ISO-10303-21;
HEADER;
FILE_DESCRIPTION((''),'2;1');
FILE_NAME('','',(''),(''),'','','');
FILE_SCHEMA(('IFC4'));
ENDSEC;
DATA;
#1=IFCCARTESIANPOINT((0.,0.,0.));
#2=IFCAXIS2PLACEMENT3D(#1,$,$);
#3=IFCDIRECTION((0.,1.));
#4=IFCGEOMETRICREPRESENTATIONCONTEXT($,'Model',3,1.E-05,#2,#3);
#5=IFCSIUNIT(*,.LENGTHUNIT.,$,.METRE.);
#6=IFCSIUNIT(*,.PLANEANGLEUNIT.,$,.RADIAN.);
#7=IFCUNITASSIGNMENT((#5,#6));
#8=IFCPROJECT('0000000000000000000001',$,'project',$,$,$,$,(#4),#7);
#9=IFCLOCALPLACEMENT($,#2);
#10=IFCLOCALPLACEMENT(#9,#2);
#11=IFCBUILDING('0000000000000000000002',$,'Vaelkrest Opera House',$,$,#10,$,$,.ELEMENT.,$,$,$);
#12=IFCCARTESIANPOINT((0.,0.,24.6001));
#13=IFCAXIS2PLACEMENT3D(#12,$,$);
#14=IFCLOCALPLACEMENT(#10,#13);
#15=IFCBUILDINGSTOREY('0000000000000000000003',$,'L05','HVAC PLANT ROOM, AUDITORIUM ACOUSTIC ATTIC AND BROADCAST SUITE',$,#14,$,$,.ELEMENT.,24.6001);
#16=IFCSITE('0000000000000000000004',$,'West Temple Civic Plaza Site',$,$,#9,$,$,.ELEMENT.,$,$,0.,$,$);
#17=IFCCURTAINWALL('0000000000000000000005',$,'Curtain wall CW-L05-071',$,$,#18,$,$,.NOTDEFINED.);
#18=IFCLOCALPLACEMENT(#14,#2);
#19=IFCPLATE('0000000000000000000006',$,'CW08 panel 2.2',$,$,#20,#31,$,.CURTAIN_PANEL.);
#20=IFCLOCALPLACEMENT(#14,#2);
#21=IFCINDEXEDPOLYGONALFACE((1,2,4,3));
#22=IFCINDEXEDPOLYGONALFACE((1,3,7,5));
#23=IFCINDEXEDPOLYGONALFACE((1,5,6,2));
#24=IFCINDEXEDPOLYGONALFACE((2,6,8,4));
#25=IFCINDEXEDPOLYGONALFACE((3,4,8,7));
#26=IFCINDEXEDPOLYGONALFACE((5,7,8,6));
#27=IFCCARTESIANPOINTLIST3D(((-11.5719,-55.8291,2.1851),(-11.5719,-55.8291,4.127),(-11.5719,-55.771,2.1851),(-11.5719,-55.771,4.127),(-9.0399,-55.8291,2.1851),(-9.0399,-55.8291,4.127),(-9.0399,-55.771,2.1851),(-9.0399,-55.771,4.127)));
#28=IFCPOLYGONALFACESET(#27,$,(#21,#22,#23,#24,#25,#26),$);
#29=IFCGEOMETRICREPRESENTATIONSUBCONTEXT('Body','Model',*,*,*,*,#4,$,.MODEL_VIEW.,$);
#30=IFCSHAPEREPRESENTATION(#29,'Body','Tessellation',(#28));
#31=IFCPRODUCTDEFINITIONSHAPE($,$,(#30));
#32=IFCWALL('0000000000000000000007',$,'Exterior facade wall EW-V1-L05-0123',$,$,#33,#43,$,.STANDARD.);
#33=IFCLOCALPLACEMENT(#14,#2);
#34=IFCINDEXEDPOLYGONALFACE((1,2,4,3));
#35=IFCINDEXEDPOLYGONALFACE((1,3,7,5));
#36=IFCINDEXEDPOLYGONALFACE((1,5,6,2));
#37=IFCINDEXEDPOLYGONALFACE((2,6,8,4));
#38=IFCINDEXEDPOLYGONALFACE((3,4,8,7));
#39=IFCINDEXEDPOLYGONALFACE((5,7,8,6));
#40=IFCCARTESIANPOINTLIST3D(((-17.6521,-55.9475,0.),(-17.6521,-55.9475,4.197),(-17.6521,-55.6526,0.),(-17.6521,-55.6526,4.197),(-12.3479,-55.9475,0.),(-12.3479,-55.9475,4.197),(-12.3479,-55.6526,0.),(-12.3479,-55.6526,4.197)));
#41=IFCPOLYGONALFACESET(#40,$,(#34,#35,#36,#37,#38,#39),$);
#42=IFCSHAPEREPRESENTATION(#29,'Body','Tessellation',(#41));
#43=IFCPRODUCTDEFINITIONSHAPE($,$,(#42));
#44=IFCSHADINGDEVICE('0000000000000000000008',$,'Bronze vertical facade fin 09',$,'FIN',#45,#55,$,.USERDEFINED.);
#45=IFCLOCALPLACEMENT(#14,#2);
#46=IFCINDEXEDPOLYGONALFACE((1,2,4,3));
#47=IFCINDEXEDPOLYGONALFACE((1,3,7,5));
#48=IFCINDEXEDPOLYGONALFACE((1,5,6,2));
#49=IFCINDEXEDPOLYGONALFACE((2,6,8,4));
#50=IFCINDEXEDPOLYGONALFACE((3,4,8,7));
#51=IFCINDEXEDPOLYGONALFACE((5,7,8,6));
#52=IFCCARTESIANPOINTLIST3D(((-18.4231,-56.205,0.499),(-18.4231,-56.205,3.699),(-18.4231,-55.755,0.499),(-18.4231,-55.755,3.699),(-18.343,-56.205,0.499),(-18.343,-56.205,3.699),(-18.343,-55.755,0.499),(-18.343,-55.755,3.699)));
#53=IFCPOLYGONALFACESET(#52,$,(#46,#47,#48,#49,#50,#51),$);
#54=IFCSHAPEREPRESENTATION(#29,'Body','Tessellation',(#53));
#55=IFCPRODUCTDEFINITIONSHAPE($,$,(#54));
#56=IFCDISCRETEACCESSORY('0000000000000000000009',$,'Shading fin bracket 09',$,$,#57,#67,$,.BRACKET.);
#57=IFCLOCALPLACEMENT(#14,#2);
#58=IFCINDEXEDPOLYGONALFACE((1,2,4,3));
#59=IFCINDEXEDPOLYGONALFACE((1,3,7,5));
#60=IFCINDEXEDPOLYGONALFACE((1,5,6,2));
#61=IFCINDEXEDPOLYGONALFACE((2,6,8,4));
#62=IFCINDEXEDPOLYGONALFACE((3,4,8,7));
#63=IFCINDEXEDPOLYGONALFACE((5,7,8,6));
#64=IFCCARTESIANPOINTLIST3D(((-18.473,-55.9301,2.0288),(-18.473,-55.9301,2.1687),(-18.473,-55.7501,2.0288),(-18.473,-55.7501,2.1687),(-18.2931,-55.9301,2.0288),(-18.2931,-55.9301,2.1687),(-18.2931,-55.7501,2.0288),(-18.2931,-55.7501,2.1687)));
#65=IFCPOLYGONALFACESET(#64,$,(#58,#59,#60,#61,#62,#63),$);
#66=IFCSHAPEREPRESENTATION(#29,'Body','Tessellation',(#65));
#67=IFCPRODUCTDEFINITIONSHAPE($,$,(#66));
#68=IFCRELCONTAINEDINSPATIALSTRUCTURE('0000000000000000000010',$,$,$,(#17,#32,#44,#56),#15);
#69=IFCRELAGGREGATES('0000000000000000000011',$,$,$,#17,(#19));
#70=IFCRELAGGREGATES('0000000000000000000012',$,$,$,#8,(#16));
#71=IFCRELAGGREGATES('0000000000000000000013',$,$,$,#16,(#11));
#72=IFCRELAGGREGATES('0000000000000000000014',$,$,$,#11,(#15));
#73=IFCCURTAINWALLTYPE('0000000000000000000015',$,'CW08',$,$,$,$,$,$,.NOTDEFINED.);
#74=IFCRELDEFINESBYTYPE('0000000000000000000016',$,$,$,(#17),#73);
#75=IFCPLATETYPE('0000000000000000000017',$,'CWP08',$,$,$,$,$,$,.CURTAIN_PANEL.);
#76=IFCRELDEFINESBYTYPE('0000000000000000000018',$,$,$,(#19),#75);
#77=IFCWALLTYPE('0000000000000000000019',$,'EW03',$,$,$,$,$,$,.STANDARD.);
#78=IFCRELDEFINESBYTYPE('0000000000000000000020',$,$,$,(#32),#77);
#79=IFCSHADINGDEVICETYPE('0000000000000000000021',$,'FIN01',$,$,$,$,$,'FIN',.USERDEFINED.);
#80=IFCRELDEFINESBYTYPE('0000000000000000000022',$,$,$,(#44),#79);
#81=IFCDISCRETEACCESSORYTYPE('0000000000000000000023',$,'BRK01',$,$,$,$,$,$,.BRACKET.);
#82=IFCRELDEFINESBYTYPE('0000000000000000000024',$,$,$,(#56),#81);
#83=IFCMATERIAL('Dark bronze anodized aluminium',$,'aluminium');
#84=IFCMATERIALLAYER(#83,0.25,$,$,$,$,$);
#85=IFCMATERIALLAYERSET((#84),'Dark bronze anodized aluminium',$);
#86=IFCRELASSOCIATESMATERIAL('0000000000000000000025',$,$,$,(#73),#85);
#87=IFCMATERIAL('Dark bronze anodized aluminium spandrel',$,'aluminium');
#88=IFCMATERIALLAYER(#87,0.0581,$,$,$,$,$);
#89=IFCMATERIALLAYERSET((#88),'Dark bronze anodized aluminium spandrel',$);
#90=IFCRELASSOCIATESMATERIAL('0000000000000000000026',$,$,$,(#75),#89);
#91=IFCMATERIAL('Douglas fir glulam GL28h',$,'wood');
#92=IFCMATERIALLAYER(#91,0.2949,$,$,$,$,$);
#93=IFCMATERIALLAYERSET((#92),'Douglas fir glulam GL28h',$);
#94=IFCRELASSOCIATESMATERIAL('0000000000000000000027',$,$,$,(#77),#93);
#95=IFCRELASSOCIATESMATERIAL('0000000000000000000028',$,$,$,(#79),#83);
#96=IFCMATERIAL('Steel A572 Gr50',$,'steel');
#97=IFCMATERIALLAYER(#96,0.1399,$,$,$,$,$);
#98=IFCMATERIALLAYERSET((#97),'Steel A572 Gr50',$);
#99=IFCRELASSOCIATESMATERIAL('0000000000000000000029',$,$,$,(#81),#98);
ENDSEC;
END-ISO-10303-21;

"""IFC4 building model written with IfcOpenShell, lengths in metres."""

from ifc_helpers import new_model, si_unit, direction, frame, frame_2d, origin, origin_2d, place, context, subcontext, project, spatial, rectangle, extrude, material, layer, layer_set, type_object, element, aggregate, save


model = new_model("IFC4")

# Units and contexts
model_context = context("Model", 3, precision=1e-05, world=origin(), true_north=direction((0.0, 1.0)))
body_context = subcontext(model_context, "Body", "Model", "MODEL_VIEW")
ifc_project = project(units=[si_unit("LENGTHUNIT", "METRE"), si_unit("PLANEANGLEUNIT", "RADIAN")], contexts=[model_context])

# Site, building, storey
site_placement = place(None, origin())
site = spatial("IfcSite", under=ifc_project, at=site_placement, Name="West Temple Civic Plaza Site", CompositionType="ELEMENT", RefElevation=0.0)
building_placement = place(site_placement, origin())
building = spatial("IfcBuilding", under=site, at=building_placement, Name="Vaelkrest Opera House", CompositionType="ELEMENT")
storey_placement = place(building_placement, frame((0.0, 0.0, 24.6001)))
storey = spatial("IfcBuildingStorey", under=building, at=storey_placement, Name="L05", Description="HVAC PLANT ROOM, AUDITORIUM ACOUSTIC ATTIC AND BROADCAST SUITE", CompositionType="ELEMENT", Elevation=24.6001)

# Shared definitions
ifc_material_1 = material(Name="Dark bronze anodized aluminium", Category="aluminium")

# Curtain wall
ifc_layer_1 = layer(ifc_material_1, 0.25)
ifc_layer_set_1 = layer_set([ifc_layer_1], Name="Dark bronze anodized aluminium")
curtain_wall_type_1 = type_object("IfcCurtainWallType", Name="CW08", PredefinedType="NOTDEFINED", material=ifc_layer_set_1)
curtain_wall_1_placement = place(storey_placement, origin())
curtain_wall_1 = element("IfcCurtainWall", 1, at=curtain_wall_1_placement, inside=storey, type_object=curtain_wall_type_1, Name="Curtain wall CW-L05-071", PredefinedType="NOTDEFINED")

# Plate
ifc_material_2 = material(Name="Dark bronze anodized aluminium spandrel", Category="aluminium")
ifc_layer_2 = layer(ifc_material_2, 0.0581)
ifc_layer_set_2 = layer_set([ifc_layer_2], Name="Dark bronze anodized aluminium spandrel")
plate_type = type_object("IfcPlateType", Name="CWP08", PredefinedType="CURTAIN_PANEL", material=ifc_layer_set_2)
plate_1_placement = place(storey_placement, frame((-10.3059, -55.8, 2.1851), z_axis=(0.0, 0.0, 1.0), x_axis=(-1.0, 0.0, 0.0)))
plate_1 = element("IfcPlate", 2, at=plate_1_placement, type_object=plate_type, Name="CW08 panel 2.2", PredefinedType="CURTAIN_PANEL", context=body_context, shape_type="SweptSolid", body=[
    extrude(rectangle(XDim=2.532, YDim=0.0581, at=origin_2d()), origin(), (0.0, 0.0, 1.0), 1.9419),
])
aggregate(curtain_wall_1, [plate_1])

# Wall
ifc_material_3 = material(Name="Douglas fir glulam GL28h", Category="wood")
ifc_layer_3 = layer(ifc_material_3, 0.2949)
ifc_layer_set_3 = layer_set([ifc_layer_3], Name="Douglas fir glulam GL28h")
wall_type = type_object("IfcWallType", Name="EW03", PredefinedType="STANDARD", material=ifc_layer_set_3)
wall_placement = place(storey_placement, frame((-12.3479, -55.8, 0.0), z_axis=(0.0, 0.0, 1.0), x_axis=(-1.0, 0.0, 0.0)))
element("IfcWall", 3, at=wall_placement, inside=storey, type_object=wall_type, Name="Exterior facade wall EW-V1-L05-0123", PredefinedType="STANDARD", context=body_context, shape_type="SweptSolid", body=[
    extrude(rectangle(XDim=5.3042, YDim=0.2949, at=frame_2d((2.6521, 0.0))), origin(), (0.0, 0.0, 1.0), 4.197),
])

# Shading device
shading_device_type = type_object("IfcShadingDeviceType", Name="FIN01", ElementType="FIN", PredefinedType="USERDEFINED", material=ifc_material_1)
shading_device_placement = place(storey_placement, frame((-18.3831, -55.98, 0.499), z_axis=(0.0, 0.0, 1.0), x_axis=(0.0, -1.0, 0.0)))
element("IfcShadingDevice", 4, at=shading_device_placement, inside=storey, type_object=shading_device_type, Name="Bronze vertical facade fin 09", ObjectType="FIN", PredefinedType="USERDEFINED", context=body_context, shape_type="SweptSolid", body=[
    extrude(rectangle(XDim=0.45, YDim=0.0801, at=origin_2d()), origin(), (0.0, 0.0, 1.0), 3.2),
])

# Discrete accessory
ifc_material_4 = material(Name="Steel A572 Gr50", Category="steel")
ifc_layer_4 = layer(ifc_material_4, 0.1399)
ifc_layer_set_4 = layer_set([ifc_layer_4], Name="Steel A572 Gr50")
discrete_accessory_type = type_object("IfcDiscreteAccessoryType", Name="BRK01", PredefinedType="BRACKET", material=ifc_layer_set_4)
discrete_accessory_placement = place(storey_placement, frame((-18.3831, -55.8401, 2.0288), z_axis=(0.0, 0.0, 1.0), x_axis=(0.0, -1.0, 0.0)))
element("IfcDiscreteAccessory", 5, at=discrete_accessory_placement, inside=storey, type_object=discrete_accessory_type, Name="Shading fin bracket 09", PredefinedType="BRACKET", context=body_context, shape_type="SweptSolid", body=[
    extrude(rectangle(XDim=0.1799, YDim=0.1799, at=origin_2d()), origin(), (0.0, 0.0, 1.0), 0.1399),
])

save(model, "model.ifc")
